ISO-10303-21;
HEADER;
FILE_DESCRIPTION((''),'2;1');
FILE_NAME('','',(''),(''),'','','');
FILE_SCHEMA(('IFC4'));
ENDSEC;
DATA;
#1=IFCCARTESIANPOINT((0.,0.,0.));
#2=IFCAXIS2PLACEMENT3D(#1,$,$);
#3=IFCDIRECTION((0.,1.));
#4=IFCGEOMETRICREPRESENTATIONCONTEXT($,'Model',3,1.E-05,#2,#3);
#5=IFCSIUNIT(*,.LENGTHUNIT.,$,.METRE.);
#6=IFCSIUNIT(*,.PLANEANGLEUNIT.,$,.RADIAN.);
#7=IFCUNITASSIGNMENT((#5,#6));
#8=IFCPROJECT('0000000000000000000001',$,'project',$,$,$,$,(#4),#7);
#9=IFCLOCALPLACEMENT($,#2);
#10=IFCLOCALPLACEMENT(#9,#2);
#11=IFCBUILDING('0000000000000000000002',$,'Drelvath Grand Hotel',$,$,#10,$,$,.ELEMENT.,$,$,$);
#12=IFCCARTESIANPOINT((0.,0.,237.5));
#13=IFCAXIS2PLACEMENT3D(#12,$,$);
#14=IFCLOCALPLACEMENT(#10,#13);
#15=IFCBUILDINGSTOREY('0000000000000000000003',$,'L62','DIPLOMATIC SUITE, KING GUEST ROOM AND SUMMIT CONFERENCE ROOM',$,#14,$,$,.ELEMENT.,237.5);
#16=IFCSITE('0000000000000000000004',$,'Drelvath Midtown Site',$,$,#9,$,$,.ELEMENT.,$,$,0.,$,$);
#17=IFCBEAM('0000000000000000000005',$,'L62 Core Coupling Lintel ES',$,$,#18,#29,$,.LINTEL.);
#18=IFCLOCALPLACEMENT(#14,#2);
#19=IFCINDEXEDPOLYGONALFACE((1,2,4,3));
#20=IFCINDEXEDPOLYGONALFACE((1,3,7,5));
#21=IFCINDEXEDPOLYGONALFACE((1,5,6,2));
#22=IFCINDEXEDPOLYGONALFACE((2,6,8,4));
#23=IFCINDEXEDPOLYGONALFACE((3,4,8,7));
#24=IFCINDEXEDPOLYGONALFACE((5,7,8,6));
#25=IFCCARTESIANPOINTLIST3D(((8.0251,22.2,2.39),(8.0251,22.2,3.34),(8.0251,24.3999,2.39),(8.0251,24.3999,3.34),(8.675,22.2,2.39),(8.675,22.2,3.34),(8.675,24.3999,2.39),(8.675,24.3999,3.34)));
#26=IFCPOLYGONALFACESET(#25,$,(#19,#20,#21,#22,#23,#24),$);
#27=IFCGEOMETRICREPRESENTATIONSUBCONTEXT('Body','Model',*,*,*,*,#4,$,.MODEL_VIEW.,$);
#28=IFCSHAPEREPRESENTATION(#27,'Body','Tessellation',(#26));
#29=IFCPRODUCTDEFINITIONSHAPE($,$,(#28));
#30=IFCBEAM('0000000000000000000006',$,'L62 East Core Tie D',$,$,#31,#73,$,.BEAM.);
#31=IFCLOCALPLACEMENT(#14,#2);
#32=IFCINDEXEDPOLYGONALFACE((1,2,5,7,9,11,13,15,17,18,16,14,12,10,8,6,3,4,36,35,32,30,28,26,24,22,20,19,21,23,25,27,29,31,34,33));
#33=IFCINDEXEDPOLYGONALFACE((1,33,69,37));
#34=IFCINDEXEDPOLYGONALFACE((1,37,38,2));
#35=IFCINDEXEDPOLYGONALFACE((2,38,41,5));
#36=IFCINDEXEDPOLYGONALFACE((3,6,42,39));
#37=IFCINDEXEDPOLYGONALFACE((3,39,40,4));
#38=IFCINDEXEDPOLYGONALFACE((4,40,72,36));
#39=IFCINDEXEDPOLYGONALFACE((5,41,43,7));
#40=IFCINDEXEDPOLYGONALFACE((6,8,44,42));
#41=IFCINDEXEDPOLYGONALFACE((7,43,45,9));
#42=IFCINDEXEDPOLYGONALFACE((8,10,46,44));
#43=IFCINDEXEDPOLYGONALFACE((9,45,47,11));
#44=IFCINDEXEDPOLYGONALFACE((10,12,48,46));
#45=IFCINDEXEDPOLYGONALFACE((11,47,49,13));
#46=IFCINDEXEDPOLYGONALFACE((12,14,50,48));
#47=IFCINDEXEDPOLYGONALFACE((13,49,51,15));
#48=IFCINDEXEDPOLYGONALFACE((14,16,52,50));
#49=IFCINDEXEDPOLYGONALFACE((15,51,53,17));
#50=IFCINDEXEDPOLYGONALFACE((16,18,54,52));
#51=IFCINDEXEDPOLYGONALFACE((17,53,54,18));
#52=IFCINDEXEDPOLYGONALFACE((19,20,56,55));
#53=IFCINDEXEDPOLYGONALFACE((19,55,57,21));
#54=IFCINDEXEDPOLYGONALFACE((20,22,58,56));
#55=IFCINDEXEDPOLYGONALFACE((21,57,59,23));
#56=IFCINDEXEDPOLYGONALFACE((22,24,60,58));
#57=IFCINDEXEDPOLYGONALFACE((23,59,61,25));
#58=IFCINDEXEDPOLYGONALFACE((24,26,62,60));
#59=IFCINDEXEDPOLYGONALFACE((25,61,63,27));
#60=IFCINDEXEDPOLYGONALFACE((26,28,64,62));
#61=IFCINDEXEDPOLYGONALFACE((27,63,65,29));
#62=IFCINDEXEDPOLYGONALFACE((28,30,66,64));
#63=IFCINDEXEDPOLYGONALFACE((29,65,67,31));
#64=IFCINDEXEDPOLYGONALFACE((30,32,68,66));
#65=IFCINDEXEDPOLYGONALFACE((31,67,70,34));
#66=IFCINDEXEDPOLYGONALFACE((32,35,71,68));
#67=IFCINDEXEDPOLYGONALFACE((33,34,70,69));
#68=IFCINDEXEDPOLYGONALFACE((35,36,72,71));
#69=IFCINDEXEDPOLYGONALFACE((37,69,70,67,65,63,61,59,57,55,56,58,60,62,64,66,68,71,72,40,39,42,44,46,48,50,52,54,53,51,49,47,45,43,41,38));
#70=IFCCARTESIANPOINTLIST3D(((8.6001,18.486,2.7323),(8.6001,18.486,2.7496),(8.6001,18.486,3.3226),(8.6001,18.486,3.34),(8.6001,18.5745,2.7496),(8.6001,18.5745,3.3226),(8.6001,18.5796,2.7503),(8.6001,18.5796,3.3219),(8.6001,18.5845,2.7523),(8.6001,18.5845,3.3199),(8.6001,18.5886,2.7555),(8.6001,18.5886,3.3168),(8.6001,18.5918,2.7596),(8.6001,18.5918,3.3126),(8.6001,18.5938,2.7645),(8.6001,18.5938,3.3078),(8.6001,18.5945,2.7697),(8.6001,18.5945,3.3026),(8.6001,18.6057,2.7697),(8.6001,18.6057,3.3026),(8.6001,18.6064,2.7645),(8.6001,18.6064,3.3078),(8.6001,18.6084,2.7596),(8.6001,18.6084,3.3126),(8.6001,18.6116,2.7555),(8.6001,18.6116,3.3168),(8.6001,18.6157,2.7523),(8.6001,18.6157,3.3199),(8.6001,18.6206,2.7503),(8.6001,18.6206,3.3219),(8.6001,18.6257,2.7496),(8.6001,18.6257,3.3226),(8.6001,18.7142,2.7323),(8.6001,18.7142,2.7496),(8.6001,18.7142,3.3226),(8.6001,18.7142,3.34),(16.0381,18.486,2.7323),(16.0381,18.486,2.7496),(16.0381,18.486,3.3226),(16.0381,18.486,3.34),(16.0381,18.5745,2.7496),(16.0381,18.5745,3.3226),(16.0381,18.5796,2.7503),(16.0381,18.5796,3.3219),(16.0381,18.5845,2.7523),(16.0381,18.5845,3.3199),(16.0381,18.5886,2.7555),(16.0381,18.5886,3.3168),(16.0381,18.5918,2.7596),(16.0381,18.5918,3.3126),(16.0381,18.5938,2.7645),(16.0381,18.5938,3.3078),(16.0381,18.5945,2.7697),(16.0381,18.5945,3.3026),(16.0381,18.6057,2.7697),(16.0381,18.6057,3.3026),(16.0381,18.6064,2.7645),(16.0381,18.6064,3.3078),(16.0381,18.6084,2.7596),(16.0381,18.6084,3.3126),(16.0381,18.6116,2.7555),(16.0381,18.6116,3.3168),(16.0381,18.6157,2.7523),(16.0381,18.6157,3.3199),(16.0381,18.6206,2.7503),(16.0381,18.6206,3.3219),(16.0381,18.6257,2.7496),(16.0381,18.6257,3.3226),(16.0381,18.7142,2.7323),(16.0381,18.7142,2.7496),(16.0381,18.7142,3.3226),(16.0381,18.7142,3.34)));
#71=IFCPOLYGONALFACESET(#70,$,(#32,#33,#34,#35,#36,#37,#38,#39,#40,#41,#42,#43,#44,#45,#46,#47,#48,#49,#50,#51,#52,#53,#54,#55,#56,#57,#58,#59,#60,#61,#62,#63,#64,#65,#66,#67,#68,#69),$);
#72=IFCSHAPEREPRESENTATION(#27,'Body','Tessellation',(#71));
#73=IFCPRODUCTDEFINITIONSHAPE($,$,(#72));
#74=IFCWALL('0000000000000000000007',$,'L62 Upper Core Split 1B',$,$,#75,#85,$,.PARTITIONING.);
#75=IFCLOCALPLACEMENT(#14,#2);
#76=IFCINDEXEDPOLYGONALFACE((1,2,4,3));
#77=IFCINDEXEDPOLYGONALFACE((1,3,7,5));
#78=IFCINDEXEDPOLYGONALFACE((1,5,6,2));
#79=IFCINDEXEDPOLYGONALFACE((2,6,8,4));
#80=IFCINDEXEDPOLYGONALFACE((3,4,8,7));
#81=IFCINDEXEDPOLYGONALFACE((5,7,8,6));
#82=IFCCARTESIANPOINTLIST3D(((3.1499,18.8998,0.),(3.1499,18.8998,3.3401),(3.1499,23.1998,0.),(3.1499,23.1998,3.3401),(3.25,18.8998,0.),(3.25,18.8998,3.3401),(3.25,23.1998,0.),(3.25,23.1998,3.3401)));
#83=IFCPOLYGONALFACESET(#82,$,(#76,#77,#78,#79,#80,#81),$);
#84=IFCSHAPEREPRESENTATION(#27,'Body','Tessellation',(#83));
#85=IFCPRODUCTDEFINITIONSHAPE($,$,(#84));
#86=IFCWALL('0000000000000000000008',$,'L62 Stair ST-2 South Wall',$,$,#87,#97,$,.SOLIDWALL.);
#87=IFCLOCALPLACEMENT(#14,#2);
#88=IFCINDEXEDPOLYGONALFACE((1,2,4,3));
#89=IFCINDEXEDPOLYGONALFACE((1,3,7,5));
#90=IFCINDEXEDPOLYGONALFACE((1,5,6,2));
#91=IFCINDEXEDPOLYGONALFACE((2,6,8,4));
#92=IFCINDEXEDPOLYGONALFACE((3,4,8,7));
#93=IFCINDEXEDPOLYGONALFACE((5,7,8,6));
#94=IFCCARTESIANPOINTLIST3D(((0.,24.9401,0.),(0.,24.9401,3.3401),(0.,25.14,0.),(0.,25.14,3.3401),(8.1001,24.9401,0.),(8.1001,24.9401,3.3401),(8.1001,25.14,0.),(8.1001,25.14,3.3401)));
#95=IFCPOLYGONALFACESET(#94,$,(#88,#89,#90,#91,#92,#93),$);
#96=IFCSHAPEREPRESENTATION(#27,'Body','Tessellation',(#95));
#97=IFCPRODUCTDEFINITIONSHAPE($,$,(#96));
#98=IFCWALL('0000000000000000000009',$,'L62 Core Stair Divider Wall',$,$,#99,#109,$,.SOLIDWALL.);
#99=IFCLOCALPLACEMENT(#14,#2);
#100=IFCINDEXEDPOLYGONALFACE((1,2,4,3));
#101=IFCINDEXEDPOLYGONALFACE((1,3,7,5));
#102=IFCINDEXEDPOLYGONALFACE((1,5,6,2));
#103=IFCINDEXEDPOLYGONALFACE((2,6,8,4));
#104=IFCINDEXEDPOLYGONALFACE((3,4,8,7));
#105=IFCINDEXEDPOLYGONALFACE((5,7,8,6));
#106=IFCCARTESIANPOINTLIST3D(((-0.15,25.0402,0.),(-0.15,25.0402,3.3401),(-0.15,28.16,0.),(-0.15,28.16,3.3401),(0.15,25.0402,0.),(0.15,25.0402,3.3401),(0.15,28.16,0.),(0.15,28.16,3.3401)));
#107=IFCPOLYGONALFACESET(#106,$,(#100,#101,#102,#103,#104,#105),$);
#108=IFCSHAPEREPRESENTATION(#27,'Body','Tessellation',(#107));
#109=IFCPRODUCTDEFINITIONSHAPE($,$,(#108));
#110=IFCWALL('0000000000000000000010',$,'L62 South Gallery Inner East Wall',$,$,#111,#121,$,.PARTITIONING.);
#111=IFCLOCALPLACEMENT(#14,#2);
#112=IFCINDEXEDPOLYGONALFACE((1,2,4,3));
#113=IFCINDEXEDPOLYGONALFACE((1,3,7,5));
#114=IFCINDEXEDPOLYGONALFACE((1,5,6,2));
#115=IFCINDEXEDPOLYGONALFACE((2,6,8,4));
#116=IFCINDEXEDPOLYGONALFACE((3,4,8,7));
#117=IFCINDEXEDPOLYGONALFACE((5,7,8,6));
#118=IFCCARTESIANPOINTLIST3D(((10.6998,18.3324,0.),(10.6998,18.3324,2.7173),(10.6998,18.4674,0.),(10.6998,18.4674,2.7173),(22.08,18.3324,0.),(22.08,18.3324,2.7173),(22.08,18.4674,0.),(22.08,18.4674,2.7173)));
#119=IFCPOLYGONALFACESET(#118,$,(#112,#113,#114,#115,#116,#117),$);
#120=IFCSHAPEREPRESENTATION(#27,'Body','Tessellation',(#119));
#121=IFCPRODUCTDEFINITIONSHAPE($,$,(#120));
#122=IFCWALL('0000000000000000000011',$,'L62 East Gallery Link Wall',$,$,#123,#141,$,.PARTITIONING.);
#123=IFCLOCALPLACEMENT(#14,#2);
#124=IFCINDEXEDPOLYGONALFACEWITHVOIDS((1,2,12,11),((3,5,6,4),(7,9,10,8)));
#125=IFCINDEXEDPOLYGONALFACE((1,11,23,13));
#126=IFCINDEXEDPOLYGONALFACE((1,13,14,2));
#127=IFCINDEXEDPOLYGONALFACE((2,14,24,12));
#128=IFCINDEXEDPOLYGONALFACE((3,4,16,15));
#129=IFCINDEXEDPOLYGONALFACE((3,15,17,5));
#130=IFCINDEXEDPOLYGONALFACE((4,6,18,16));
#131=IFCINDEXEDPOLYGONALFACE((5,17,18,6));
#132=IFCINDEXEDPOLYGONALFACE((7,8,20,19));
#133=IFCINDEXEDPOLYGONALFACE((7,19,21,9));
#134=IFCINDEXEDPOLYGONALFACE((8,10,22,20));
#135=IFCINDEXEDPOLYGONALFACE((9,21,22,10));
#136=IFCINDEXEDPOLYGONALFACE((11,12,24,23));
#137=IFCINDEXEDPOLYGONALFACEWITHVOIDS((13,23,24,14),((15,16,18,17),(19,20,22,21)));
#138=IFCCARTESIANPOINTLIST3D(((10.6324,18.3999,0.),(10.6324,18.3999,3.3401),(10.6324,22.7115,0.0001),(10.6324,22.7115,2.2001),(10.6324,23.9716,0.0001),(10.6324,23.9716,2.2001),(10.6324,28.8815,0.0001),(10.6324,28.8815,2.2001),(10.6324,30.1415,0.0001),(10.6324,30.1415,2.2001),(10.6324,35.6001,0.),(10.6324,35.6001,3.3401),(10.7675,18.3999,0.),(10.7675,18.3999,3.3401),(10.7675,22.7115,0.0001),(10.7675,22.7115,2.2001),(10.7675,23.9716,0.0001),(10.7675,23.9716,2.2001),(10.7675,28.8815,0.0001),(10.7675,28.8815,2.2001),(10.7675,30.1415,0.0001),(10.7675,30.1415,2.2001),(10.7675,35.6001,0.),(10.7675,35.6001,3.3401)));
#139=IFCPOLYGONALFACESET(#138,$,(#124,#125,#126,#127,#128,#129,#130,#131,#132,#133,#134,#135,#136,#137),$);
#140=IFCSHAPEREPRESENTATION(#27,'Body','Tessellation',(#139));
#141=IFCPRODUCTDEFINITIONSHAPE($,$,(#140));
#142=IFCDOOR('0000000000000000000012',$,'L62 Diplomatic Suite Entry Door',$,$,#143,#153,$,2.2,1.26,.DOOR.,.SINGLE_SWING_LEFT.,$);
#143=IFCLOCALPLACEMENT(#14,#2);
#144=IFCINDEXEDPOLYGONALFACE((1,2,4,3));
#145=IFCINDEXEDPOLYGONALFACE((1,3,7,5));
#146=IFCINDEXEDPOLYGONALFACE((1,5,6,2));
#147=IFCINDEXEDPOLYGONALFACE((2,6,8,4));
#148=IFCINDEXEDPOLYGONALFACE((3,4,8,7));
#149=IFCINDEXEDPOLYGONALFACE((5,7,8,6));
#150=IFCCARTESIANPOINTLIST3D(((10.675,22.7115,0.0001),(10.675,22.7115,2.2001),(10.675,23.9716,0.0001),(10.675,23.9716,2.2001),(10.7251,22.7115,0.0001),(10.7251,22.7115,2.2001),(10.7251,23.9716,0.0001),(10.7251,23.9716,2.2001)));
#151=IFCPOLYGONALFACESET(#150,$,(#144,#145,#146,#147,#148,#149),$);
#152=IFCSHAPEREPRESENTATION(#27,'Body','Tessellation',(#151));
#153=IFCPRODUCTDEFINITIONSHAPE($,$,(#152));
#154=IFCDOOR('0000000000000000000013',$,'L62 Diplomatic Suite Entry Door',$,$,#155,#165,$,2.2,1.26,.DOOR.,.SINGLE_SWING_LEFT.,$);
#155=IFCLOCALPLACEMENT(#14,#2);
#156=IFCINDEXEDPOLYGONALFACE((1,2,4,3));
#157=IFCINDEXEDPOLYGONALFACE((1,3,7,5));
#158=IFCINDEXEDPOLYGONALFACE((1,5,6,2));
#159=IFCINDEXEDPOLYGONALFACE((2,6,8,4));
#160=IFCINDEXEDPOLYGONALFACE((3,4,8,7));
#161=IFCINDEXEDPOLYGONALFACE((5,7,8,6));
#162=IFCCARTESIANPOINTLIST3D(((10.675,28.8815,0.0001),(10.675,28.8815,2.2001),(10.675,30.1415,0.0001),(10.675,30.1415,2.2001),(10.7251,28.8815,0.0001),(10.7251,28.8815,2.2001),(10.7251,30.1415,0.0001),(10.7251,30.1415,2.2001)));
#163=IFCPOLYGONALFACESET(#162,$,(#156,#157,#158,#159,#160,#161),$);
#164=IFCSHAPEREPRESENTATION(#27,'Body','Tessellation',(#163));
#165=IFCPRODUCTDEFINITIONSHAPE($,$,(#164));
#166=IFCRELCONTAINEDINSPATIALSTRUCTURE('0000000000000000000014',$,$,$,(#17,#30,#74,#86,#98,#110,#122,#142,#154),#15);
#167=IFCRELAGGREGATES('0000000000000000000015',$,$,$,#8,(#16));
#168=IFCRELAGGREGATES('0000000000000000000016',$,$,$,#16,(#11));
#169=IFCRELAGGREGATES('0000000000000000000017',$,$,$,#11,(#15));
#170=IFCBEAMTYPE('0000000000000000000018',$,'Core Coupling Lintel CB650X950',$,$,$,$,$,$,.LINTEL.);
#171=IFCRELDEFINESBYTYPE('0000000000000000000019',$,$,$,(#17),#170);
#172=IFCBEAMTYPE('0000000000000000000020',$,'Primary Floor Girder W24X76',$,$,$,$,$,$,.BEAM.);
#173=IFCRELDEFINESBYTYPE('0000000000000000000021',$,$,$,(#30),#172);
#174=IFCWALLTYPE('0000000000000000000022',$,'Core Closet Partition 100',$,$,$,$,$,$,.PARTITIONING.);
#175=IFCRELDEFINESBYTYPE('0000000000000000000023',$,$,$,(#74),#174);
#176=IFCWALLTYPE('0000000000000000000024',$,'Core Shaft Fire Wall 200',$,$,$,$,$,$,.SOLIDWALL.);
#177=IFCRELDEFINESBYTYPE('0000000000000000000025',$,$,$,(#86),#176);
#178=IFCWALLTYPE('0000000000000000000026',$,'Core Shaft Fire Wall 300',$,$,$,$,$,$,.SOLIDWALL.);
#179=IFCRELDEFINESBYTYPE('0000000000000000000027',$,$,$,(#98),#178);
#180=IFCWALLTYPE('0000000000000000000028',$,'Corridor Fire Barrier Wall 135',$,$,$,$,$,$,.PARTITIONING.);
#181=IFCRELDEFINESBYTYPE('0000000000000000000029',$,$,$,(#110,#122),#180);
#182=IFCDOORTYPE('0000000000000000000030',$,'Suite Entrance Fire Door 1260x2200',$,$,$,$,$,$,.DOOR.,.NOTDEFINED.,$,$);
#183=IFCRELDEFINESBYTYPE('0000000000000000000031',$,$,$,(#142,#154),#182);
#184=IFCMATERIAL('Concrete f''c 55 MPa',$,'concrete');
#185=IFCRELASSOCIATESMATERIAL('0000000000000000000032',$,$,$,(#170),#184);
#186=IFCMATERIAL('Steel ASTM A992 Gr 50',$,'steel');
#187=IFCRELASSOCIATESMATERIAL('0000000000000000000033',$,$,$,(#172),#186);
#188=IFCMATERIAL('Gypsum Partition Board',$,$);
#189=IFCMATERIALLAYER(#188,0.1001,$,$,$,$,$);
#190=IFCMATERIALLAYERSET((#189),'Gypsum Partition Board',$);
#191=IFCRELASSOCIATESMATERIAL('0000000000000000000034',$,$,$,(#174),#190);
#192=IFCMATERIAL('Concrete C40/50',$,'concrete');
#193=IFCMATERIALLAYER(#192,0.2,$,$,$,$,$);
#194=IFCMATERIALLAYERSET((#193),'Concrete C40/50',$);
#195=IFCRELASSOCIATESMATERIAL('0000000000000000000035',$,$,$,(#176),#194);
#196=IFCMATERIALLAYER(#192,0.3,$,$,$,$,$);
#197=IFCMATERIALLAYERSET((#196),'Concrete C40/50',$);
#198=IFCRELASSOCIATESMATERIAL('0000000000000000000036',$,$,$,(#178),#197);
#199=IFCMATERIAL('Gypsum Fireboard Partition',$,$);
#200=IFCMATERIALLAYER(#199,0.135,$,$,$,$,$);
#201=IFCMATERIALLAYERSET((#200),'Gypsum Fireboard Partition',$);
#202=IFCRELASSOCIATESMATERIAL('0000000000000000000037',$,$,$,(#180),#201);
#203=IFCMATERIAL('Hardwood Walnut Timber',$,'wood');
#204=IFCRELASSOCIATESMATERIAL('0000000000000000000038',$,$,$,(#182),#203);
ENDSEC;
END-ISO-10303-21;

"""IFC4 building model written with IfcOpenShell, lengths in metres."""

from ifc_helpers import new_model, si_unit, direction, frame, frame_2d, origin, origin_2d, place, context, subcontext, project, spatial, rectangle, i_section, extrude, material, layer, layer_set, material_profile, profile_set, type_object, element, fill, save


model = new_model("IFC4")

# Units and contexts
model_context = context("Model", 3, precision=1e-05, world=origin(), true_north=direction((0.0, 1.0)))
body_context = subcontext(model_context, "Body", "Model", "MODEL_VIEW")
ifc_project = project(units=[si_unit("LENGTHUNIT", "METRE"), si_unit("PLANEANGLEUNIT", "RADIAN")], contexts=[model_context])

# Site, building, storey
site_placement = place(None, origin())
site = spatial("IfcSite", under=ifc_project, at=site_placement, Name="Drelvath Midtown Site", CompositionType="ELEMENT", RefElevation=0.0)
building_placement = place(site_placement, origin())
building = spatial("IfcBuilding", under=site, at=building_placement, Name="Drelvath Grand Hotel", CompositionType="ELEMENT")
storey_placement = place(building_placement, frame((0.0, 0.0, 237.5)))
storey = spatial("IfcBuildingStorey", under=building, at=storey_placement, Name="L62", Description="DIPLOMATIC SUITE, KING GUEST ROOM AND SUMMIT CONFERENCE ROOM", CompositionType="ELEMENT", Elevation=237.5)

# Beams
ifc_material_1 = material(Name="Concrete f'c 55 MPa", Category="concrete")
ifc_material_profile_1 = material_profile(ifc_material_1, rectangle(XDim=0.6499, YDim=0.95, at=origin_2d()), Name="CB650X950")
ifc_profile_set_1 = profile_set([ifc_material_profile_1], Name="Concrete f'c 55 MPa")
beam_type_1 = type_object("IfcBeamType", Name="Core Coupling Lintel CB650X950", PredefinedType="LINTEL", material=ifc_profile_set_1)
beam_1_placement = place(storey_placement, frame((8.3501, 22.2, 2.865), z_axis=(0.0, 1.0, 0.0), x_axis=(-1.0, 0.0, 0.0)))
element("IfcBeam", 1, at=beam_1_placement, inside=storey, type_object=beam_type_1, Name="L62 Core Coupling Lintel ES", PredefinedType="LINTEL", context=body_context, shape_type="SweptSolid", body=[
    extrude(rectangle(XDim=0.6499, YDim=0.95, at=origin_2d()), origin(), (0.0, 0.0, 1.0), 2.2),
])
ifc_material_2 = material(Name="Steel ASTM A992 Gr 50", Category="steel")
ifc_material_profile_2 = material_profile(ifc_material_2, i_section(OverallWidth=0.2283, OverallDepth=0.6077, WebThickness=0.0112, FlangeThickness=0.0173, FilletRadius=0.02, at=origin_2d()), Name="W24X76")
ifc_profile_set_2 = profile_set([ifc_material_profile_2], Name="Steel ASTM A992 Gr 50")
beam_type_2 = type_object("IfcBeamType", Name="Primary Floor Girder W24X76", PredefinedType="BEAM", material=ifc_profile_set_2)
beam_2_placement = place(storey_placement, frame((8.6001, 18.6001, 3.0361), z_axis=(1.0, 0.0, 0.0), x_axis=(0.0, 1.0, 0.0)))
element("IfcBeam", 2, at=beam_2_placement, inside=storey, type_object=beam_type_2, Name="L62 East Core Tie D", PredefinedType="BEAM", context=body_context, shape_type="SweptSolid", body=[
    extrude(i_section(OverallWidth=0.2283, OverallDepth=0.6077, WebThickness=0.0112, FlangeThickness=0.0173, FilletRadius=0.02, at=origin_2d()), origin(), (0.0, 0.0, 1.0), 7.438),
])

# Walls
ifc_material_3 = material(Name="Gypsum Partition Board")
ifc_layer_1 = layer(ifc_material_3, 0.1001)
ifc_layer_set_1 = layer_set([ifc_layer_1], Name="Gypsum Partition Board")
wall_type_1 = type_object("IfcWallType", Name="Core Closet Partition 100", PredefinedType="PARTITIONING", material=ifc_layer_set_1)
wall_1_placement = place(storey_placement, frame((3.2, 18.8999, 0.0), z_axis=(0.0, 0.0, 1.0), x_axis=(0.0, 1.0, 0.0)))
element("IfcWall", 3, at=wall_1_placement, inside=storey, type_object=wall_type_1, Name="L62 Upper Core Split 1B", PredefinedType="PARTITIONING", context=body_context, shape_type="SweptSolid", body=[
    extrude(rectangle(XDim=4.3, YDim=0.1001, at=frame_2d((2.1499, 0.0))), origin(), (0.0, 0.0, 1.0), 3.3401),
])
ifc_material_4 = material(Name="Concrete C40/50", Category="concrete")
ifc_layer_2 = layer(ifc_material_4, 0.2)
ifc_layer_set_2 = layer_set([ifc_layer_2], Name="Concrete C40/50")
wall_type_2 = type_object("IfcWallType", Name="Core Shaft Fire Wall 200", PredefinedType="SOLIDWALL", material=ifc_layer_set_2)
wall_2_placement = place(storey_placement, frame((0.0, 25.04, 0.0), z_axis=(0.0, 0.0, 1.0), x_axis=(1.0, 0.0, 0.0)))
element("IfcWall", 4, at=wall_2_placement, inside=storey, type_object=wall_type_2, Name="L62 Stair ST-2 South Wall", PredefinedType="SOLIDWALL", context=body_context, shape_type="SweptSolid", body=[
    extrude(rectangle(XDim=8.1001, YDim=0.2, at=frame_2d((4.05, 0.0))), origin(), (0.0, 0.0, 1.0), 3.3401),
])
ifc_layer_3 = layer(ifc_material_4, 0.3)
ifc_layer_set_3 = layer_set([ifc_layer_3], Name="Concrete C40/50")
wall_type_3 = type_object("IfcWallType", Name="Core Shaft Fire Wall 300", PredefinedType="SOLIDWALL", material=ifc_layer_set_3)
wall_3_placement = place(storey_placement, frame((0.0, 25.04, 0.0), z_axis=(0.0, 0.0, 1.0), x_axis=(0.0, 1.0, 0.0)))
element("IfcWall", 5, at=wall_3_placement, inside=storey, type_object=wall_type_3, Name="L62 Core Stair Divider Wall", PredefinedType="SOLIDWALL", context=body_context, shape_type="SweptSolid", body=[
    extrude(rectangle(XDim=3.1199, YDim=0.3, at=frame_2d((1.5601, 0.0))), origin(), (0.0, 0.0, 1.0), 3.3401),
])
ifc_material_5 = material(Name="Gypsum Fireboard Partition")
ifc_layer_4 = layer(ifc_material_5, 0.135)
ifc_layer_set_4 = layer_set([ifc_layer_4], Name="Gypsum Fireboard Partition")
wall_type_4 = type_object("IfcWallType", Name="Corridor Fire Barrier Wall 135", PredefinedType="PARTITIONING", material=ifc_layer_set_4)
wall_4_placement = place(storey_placement, frame((10.7, 18.3999, 0.0), z_axis=(0.0, 0.0, 1.0), x_axis=(1.0, 0.0, 0.0)))
element("IfcWall", 6, at=wall_4_placement, inside=storey, type_object=wall_type_4, Name="L62 South Gallery Inner East Wall", PredefinedType="PARTITIONING", context=body_context, shape_type="SweptSolid", body=[
    extrude(rectangle(XDim=11.3801, YDim=0.135, at=frame_2d((5.6899, 0.0))), origin(), (0.0, 0.0, 1.0), 2.7173),
])

# Wall, openings, doors
wall_5_placement = place(storey_placement, frame((10.7, 18.3999, 0.0), z_axis=(0.0, 0.0, 1.0), x_axis=(0.0, 1.0, 0.0)))
wall_5 = element("IfcWall", 7, at=wall_5_placement, inside=storey, type_object=wall_type_4, Name="L62 East Gallery Link Wall", PredefinedType="PARTITIONING", context=body_context, shape_type="SweptSolid", body=[
    extrude(rectangle(XDim=17.2002, YDim=0.135, at=frame_2d((8.6001, 0.0))), origin(), (0.0, 0.0, 1.0), 3.3401),
])
opening_1_placement = place(wall_5_placement, frame((4.3118, 0.0, 0.0)))
opening_1 = element("IfcOpeningElement", 8, at=opening_1_placement, cuts=wall_5, PredefinedType="OPENING", context=body_context, shape_type="SweptSolid", body=[
    extrude(rectangle(XDim=1.26, YDim=2.2, at=frame_2d((0.6299, 1.1001))), frame((0.0, 0.0774, 0.0), z_axis=(0.0, -1.0, 0.0), x_axis=(1.0, 0.0, 0.0)), (0.0, 0.0, 1.0), 0.155),
])
opening_2_placement = place(wall_5_placement, frame((10.4817, 0.0, 0.0)))
opening_2 = element("IfcOpeningElement", 9, at=opening_2_placement, cuts=wall_5, PredefinedType="OPENING", context=body_context, shape_type="SweptSolid", body=[
    extrude(rectangle(XDim=1.26, YDim=2.2, at=frame_2d((0.6299, 1.1001))), frame((0.0, 0.0774, 0.0), z_axis=(0.0, -1.0, 0.0), x_axis=(1.0, 0.0, 0.0)), (0.0, 0.0, 1.0), 0.155),
])
ifc_material_6 = material(Name="Hardwood Walnut Timber", Category="wood")
door_type_1 = type_object("IfcDoorType", Name="Suite Entrance Fire Door 1260x2200", OperationType="NOTDEFINED", PredefinedType="DOOR", material=ifc_material_6)
door_1_placement = place(opening_1_placement, origin())
door_1 = element("IfcDoor", 10, at=door_1_placement, inside=storey, type_object=door_type_1, Name="L62 Diplomatic Suite Entry Door", OperationType="SINGLE_SWING_LEFT", OverallHeight=2.2, OverallWidth=1.26, PredefinedType="DOOR", context=body_context, shape_type="SweptSolid", body=[
    extrude(rectangle(XDim=1.26, YDim=2.2, at=frame_2d((0.6299, 1.1001))), frame((0.0, 0.0249, 0.0), z_axis=(0.0, -1.0, 0.0), x_axis=(1.0, 0.0, 0.0)), (0.0, 0.0, 1.0), 0.05),
])
fill(opening_1, door_1)
door_2_placement = place(opening_2_placement, origin())
door_2 = element("IfcDoor", 11, at=door_2_placement, inside=storey, type_object=door_type_1, Name="L62 Diplomatic Suite Entry Door", OperationType="SINGLE_SWING_LEFT", OverallHeight=2.2, OverallWidth=1.26, PredefinedType="DOOR", context=body_context, shape_type="SweptSolid", body=[
    extrude(rectangle(XDim=1.26, YDim=2.2, at=frame_2d((0.6299, 1.1001))), frame((0.0, 0.0249, 0.0), z_axis=(0.0, -1.0, 0.0), x_axis=(1.0, 0.0, 0.0)), (0.0, 0.0, 1.0), 0.05),
])
fill(opening_2, door_2)

save(model, "model.ifc")
